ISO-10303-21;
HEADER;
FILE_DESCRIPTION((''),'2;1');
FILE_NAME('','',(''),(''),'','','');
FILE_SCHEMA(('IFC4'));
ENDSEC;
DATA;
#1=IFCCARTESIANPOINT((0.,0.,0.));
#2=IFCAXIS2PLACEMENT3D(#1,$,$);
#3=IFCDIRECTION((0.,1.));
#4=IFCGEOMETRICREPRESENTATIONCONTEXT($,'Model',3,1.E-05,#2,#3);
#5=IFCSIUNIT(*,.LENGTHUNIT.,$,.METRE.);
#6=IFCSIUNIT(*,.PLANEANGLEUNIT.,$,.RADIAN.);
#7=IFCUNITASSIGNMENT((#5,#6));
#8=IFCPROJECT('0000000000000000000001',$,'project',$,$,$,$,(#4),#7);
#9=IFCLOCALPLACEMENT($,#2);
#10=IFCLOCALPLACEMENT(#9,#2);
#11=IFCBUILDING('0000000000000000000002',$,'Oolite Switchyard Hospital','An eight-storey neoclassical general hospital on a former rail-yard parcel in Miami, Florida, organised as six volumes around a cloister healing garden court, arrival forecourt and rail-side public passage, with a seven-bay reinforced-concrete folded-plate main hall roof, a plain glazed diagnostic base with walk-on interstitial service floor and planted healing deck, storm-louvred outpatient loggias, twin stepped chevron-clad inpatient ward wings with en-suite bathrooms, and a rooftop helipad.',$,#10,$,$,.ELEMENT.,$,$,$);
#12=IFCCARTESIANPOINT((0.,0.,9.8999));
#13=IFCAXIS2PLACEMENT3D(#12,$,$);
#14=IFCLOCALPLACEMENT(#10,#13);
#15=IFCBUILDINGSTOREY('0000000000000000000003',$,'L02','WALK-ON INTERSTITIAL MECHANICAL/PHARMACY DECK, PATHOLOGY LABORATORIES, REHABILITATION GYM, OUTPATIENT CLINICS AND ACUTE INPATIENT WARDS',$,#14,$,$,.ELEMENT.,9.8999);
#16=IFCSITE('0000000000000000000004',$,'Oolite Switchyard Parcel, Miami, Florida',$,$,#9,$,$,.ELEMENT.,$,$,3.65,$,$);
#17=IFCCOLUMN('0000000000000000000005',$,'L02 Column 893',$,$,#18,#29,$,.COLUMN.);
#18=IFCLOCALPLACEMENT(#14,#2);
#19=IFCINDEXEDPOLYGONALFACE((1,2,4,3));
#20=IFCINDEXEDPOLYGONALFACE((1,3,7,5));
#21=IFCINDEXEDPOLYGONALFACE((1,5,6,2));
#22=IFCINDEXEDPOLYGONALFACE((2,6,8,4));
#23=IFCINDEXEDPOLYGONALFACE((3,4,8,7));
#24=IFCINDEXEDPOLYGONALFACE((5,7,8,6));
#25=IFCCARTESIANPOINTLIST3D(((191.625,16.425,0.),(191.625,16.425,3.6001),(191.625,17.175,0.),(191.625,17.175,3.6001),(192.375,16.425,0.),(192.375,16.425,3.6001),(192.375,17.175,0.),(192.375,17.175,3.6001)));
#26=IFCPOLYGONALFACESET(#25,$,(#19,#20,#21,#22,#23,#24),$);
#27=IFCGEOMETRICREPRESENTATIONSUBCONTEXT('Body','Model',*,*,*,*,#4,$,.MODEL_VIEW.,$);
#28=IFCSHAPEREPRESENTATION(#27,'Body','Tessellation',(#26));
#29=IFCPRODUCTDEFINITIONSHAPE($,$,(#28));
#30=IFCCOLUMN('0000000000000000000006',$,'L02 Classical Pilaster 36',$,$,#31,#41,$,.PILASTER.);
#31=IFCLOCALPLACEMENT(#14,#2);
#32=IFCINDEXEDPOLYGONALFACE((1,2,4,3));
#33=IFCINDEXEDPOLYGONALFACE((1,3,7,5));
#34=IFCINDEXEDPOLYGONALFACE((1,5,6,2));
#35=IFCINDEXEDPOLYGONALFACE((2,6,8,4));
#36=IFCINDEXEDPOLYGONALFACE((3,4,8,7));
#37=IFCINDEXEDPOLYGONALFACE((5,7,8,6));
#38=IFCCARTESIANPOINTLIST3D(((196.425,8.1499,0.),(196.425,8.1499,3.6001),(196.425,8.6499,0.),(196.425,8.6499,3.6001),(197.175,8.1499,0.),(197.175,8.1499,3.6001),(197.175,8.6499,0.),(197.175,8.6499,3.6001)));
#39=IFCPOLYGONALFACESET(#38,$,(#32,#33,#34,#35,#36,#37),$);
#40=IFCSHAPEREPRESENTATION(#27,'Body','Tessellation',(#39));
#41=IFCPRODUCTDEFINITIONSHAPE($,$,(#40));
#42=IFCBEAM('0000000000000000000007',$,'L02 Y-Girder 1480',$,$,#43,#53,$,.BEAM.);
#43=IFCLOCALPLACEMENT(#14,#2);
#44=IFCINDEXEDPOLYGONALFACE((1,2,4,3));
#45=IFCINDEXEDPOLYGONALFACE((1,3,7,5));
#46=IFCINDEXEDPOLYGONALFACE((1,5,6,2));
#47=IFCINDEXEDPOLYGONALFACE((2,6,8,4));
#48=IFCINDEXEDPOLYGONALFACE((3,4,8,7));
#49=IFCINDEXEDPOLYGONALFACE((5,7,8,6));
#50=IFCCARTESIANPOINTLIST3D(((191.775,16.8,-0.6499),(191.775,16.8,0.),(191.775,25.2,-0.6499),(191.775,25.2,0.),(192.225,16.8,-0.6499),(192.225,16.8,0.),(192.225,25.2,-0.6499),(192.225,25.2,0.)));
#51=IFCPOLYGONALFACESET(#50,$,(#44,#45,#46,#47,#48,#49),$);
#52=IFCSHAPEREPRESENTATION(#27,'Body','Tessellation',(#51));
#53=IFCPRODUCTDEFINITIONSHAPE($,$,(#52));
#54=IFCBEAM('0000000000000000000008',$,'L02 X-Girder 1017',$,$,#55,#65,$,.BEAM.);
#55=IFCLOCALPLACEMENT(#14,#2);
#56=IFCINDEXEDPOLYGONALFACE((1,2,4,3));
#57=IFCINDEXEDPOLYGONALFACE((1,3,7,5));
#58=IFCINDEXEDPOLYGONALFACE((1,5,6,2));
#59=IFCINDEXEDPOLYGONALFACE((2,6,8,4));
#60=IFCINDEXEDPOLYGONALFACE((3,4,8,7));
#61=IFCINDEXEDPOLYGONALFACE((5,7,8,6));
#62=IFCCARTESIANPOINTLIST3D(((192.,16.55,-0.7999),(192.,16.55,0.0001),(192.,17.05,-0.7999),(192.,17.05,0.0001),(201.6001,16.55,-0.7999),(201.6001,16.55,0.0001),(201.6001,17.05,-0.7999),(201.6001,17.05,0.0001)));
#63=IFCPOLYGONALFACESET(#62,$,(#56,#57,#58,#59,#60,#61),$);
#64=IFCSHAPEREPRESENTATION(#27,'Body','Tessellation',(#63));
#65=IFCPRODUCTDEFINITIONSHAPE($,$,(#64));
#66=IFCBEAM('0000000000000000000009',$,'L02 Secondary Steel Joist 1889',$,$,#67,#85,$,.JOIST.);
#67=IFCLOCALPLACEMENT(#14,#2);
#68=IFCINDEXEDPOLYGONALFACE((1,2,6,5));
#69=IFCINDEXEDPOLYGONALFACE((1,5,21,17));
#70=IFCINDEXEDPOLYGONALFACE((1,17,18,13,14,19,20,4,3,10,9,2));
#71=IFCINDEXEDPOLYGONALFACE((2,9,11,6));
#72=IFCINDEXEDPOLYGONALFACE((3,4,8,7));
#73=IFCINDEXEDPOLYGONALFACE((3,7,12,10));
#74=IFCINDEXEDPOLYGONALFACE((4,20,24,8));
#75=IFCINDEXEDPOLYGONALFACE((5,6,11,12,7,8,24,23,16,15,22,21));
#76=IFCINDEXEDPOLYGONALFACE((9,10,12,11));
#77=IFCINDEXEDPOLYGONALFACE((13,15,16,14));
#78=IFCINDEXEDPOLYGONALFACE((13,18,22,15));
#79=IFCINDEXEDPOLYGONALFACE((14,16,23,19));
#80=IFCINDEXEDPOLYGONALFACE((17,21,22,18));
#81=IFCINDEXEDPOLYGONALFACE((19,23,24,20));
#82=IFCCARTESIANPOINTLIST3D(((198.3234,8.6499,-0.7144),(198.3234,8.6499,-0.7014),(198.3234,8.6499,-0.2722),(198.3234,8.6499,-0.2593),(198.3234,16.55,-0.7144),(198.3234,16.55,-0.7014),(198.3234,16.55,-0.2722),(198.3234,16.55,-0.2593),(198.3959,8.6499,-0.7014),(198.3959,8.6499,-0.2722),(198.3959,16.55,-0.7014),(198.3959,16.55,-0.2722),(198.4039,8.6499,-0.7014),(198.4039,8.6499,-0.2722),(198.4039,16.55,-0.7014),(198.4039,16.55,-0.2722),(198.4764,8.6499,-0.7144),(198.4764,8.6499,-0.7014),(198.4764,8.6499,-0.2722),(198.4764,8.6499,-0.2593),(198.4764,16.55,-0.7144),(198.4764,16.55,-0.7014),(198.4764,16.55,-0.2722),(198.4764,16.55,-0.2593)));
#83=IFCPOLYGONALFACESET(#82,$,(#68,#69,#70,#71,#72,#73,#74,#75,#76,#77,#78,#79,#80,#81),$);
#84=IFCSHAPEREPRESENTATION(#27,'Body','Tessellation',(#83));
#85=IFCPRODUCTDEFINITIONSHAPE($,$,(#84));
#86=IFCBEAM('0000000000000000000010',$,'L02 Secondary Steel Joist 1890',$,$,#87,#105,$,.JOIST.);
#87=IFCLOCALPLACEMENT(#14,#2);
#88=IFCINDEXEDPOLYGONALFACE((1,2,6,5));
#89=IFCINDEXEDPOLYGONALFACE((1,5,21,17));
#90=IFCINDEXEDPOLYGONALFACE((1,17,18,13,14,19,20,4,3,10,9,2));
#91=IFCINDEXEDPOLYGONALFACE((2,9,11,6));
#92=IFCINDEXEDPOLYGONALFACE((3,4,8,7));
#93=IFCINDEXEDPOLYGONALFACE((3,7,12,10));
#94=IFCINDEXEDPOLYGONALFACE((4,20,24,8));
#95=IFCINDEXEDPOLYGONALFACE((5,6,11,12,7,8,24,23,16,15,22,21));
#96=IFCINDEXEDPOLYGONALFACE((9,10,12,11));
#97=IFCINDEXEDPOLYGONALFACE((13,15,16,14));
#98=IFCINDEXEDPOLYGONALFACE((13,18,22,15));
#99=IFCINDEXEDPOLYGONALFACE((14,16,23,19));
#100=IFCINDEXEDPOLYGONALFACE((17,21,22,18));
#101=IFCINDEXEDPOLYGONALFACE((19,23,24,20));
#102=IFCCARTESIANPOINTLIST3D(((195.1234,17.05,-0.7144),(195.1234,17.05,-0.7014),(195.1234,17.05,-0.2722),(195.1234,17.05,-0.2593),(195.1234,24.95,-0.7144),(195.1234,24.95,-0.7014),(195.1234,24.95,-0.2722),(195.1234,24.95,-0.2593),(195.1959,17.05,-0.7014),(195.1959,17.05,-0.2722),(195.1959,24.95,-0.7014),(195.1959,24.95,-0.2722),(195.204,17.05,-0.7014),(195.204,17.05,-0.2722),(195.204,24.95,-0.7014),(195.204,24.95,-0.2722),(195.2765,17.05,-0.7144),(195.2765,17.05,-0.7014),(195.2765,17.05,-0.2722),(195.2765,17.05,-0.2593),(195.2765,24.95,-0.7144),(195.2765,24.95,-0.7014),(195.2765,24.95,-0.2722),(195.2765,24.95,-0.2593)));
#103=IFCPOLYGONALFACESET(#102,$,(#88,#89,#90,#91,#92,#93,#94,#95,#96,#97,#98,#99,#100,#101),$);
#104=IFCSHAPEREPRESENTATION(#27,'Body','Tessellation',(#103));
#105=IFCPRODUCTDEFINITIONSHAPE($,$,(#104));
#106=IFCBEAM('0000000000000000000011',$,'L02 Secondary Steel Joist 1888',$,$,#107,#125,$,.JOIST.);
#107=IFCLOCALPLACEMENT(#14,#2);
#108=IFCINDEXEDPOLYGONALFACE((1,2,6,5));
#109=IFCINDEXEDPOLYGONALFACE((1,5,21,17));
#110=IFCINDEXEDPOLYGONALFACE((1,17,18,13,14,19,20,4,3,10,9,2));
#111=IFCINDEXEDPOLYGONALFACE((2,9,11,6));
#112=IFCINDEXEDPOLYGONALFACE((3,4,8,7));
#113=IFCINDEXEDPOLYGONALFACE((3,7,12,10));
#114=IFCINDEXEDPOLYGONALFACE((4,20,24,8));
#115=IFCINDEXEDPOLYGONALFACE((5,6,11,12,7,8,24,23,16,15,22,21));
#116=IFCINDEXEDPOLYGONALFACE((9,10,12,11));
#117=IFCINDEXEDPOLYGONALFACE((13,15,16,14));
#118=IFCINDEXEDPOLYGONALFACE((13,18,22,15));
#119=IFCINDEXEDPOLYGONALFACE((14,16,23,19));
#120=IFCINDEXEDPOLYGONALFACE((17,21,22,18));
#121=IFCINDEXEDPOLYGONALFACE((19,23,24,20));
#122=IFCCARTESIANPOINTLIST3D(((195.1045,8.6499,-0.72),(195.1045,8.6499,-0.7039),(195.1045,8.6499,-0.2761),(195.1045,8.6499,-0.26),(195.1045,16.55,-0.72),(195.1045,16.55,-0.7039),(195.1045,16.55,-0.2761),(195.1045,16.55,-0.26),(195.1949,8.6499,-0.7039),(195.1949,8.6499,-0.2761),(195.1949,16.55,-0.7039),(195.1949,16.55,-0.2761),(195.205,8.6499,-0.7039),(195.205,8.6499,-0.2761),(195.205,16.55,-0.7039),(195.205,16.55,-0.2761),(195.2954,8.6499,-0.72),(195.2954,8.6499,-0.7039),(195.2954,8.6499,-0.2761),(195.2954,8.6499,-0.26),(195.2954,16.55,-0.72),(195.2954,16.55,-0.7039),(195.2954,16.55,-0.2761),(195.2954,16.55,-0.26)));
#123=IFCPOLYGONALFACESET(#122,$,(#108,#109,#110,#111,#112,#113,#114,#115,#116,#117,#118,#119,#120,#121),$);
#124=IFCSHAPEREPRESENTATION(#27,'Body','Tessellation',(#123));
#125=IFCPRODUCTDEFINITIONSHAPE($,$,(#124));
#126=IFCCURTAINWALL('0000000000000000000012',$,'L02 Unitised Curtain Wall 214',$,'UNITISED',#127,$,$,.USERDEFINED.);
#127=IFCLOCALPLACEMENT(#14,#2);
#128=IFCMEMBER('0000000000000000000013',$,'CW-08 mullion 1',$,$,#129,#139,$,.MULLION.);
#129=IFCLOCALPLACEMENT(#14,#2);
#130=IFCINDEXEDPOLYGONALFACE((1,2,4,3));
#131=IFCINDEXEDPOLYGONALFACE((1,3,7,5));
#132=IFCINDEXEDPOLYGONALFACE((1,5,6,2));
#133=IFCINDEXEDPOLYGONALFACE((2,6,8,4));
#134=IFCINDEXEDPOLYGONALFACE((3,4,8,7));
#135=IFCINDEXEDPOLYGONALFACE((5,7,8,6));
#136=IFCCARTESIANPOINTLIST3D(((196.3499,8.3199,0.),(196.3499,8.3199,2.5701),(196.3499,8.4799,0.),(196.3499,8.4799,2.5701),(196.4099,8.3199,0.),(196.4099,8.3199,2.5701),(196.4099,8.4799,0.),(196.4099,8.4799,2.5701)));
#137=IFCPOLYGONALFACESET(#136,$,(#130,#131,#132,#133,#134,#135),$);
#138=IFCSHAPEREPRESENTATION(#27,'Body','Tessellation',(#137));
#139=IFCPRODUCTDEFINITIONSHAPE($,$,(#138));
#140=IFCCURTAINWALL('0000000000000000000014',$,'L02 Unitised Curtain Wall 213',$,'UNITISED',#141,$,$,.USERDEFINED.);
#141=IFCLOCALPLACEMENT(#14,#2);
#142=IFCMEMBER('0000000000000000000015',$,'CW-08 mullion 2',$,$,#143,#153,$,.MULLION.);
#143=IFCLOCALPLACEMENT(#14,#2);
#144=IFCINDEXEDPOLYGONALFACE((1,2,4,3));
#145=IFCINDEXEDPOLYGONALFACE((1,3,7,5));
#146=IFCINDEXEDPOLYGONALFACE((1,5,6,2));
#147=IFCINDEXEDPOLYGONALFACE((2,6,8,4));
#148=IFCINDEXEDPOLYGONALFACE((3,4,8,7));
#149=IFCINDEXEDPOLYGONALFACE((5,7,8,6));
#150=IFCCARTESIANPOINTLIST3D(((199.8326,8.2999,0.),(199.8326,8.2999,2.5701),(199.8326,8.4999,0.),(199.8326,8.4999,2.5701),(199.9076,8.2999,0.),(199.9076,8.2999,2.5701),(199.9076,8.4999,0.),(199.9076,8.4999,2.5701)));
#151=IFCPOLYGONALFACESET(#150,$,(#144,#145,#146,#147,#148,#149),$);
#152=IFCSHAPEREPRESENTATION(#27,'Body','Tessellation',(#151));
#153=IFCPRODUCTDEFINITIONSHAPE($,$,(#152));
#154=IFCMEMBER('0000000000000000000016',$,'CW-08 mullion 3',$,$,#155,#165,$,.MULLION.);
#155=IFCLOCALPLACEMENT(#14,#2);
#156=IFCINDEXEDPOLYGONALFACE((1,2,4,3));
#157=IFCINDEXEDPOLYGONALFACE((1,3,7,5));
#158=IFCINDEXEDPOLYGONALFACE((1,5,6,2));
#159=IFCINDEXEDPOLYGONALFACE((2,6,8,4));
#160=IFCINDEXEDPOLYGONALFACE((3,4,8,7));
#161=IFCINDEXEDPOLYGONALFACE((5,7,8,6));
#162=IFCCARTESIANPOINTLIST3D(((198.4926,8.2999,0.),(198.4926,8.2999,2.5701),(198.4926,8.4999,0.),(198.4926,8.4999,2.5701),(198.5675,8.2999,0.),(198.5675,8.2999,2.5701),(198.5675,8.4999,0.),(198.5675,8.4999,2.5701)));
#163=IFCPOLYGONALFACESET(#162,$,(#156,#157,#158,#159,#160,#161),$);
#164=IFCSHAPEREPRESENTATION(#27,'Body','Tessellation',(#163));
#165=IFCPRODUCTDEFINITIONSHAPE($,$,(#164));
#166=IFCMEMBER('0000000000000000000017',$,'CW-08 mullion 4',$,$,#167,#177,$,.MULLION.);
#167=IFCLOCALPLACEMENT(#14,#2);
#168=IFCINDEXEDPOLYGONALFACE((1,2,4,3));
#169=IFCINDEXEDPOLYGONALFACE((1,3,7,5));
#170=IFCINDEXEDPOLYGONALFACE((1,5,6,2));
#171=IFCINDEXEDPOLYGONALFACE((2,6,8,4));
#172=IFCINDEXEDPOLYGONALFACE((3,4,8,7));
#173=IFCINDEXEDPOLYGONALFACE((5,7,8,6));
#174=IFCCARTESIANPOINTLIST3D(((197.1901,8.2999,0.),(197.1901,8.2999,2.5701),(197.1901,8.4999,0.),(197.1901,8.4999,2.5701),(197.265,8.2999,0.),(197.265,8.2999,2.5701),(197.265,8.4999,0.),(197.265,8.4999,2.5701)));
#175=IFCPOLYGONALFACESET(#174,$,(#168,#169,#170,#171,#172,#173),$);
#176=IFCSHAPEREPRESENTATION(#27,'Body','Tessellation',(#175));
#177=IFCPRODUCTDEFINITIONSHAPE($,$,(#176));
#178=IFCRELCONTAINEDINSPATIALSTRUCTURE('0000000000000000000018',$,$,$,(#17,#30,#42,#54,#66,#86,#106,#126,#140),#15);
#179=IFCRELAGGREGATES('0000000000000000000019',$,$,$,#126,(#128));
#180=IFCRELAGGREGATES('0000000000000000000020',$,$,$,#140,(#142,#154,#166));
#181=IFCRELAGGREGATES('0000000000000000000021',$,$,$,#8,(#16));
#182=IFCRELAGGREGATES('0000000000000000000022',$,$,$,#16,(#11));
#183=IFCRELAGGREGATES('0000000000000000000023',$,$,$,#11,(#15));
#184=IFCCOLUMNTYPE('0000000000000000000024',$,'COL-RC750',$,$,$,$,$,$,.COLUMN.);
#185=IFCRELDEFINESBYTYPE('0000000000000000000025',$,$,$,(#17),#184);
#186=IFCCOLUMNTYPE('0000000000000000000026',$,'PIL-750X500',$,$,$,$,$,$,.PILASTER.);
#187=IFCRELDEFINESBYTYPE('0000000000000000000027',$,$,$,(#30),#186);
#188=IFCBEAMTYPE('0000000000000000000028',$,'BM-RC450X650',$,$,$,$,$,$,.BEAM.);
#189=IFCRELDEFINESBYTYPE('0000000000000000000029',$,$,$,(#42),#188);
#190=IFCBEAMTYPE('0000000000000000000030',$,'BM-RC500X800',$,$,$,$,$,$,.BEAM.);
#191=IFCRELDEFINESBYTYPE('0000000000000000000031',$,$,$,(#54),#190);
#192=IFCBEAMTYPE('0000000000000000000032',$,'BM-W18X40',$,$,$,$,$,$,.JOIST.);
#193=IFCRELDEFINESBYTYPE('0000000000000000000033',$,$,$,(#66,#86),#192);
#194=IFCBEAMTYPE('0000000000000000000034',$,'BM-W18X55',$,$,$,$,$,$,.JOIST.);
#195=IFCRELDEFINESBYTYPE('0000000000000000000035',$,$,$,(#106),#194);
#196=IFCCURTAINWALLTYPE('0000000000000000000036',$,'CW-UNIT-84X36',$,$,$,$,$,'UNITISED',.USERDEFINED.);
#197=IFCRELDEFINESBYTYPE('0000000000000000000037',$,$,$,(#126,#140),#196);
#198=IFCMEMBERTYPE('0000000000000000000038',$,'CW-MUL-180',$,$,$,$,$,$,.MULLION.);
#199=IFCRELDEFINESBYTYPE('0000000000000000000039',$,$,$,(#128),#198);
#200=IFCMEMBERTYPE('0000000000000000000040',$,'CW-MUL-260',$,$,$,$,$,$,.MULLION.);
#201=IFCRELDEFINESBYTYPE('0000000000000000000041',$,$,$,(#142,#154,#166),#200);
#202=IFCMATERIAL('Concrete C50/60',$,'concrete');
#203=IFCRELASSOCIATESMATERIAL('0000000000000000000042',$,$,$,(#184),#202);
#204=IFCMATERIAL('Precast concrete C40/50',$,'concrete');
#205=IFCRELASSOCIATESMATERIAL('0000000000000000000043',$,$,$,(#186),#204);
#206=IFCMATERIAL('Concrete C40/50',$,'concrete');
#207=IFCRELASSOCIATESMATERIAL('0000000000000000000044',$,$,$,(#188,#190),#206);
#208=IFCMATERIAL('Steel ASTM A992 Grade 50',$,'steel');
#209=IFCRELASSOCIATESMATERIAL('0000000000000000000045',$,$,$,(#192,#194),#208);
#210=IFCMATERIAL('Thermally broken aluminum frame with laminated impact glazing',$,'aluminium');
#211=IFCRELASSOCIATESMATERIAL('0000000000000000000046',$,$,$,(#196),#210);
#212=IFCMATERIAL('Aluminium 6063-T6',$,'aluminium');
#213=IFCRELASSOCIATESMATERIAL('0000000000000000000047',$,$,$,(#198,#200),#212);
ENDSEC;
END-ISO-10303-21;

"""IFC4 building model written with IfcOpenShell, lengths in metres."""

from ifc_helpers import new_model, si_unit, direction, frame, origin, origin_2d, place, context, subcontext, project, spatial, rectangle, i_section, extrude, material, material_profile, profile_set, type_object, element, aggregate, save


model = new_model("IFC4")

# Units and contexts
model_context = context("Model", 3, precision=1e-05, world=origin(), true_north=direction((0.0, 1.0)))
body_context = subcontext(model_context, "Body", "Model", "MODEL_VIEW")
ifc_project = project(units=[si_unit("LENGTHUNIT", "METRE"), si_unit("PLANEANGLEUNIT", "RADIAN")], contexts=[model_context])

# Site, building, storey
site_placement = place(None, origin())
site = spatial("IfcSite", under=ifc_project, at=site_placement, Name="Oolite Switchyard Parcel, Miami, Florida", CompositionType="ELEMENT", RefElevation=3.65)
building_placement = place(site_placement, origin())
building = spatial("IfcBuilding", under=site, at=building_placement, Name="Oolite Switchyard Hospital", Description="An eight-storey neoclassical general hospital on a former rail-yard parcel in Miami, Florida, organised as six volumes around a cloister healing garden court, arrival forecourt and rail-side public passage, with a seven-bay reinforced-concrete folded-plate main hall roof, a plain glazed diagnostic base with walk-on interstitial service floor and planted healing deck, storm-louvred outpatient loggias, twin stepped chevron-clad inpatient ward wings with en-suite bathrooms, and a rooftop helipad.", CompositionType="ELEMENT")
storey_placement = place(building_placement, frame((0.0, 0.0, 9.8999)))
storey = spatial("IfcBuildingStorey", under=building, at=storey_placement, Name="L02", Description="WALK-ON INTERSTITIAL MECHANICAL/PHARMACY DECK, PATHOLOGY LABORATORIES, REHABILITATION GYM, OUTPATIENT CLINICS AND ACUTE INPATIENT WARDS", CompositionType="ELEMENT", Elevation=9.8999)

# Columns
ifc_material_1 = material(Name="Concrete C50/60", Category="concrete")
ifc_material_profile_1 = material_profile(ifc_material_1, rectangle(XDim=0.75, YDim=0.75, at=origin_2d()), Name="RC750X750")
ifc_profile_set_1 = profile_set([ifc_material_profile_1], Name="Concrete C50/60")
column_type_1 = type_object("IfcColumnType", Name="COL-RC750", PredefinedType="COLUMN", material=ifc_profile_set_1)
column_1_placement = place(storey_placement, frame((192.0, 16.8, 0.0), z_axis=(0.0, 0.0, 1.0), x_axis=(1.0, 0.0, 0.0)))
element("IfcColumn", 1, at=column_1_placement, inside=storey, type_object=column_type_1, Name="L02 Column 893", PredefinedType="COLUMN", context=body_context, shape_type="SweptSolid", body=[
    extrude(rectangle(XDim=0.75, YDim=0.75, at=origin_2d()), origin(), (0.0, 0.0, 1.0), 3.6001),
])
ifc_material_2 = material(Name="Precast concrete C40/50", Category="concrete")
ifc_material_profile_2 = material_profile(ifc_material_2, rectangle(XDim=0.75, YDim=0.5, at=origin_2d()), Name="PIL750X500")
ifc_profile_set_2 = profile_set([ifc_material_profile_2], Name="Precast concrete C40/50")
column_type_2 = type_object("IfcColumnType", Name="PIL-750X500", PredefinedType="PILASTER", material=ifc_profile_set_2)
column_2_placement = place(storey_placement, frame((196.8, 8.3999, 0.0), z_axis=(0.0, 0.0, 1.0), x_axis=(1.0, 0.0, 0.0)))
element("IfcColumn", 2, at=column_2_placement, inside=storey, type_object=column_type_2, Name="L02 Classical Pilaster 36", PredefinedType="PILASTER", context=body_context, shape_type="SweptSolid", body=[
    extrude(rectangle(XDim=0.75, YDim=0.5, at=origin_2d()), origin(), (0.0, 0.0, 1.0), 3.6001),
])

# Beams
ifc_material_3 = material(Name="Concrete C40/50", Category="concrete")
ifc_material_profile_3 = material_profile(ifc_material_3, rectangle(XDim=0.45, YDim=0.6499, at=origin_2d()), Name="RCB450X650")
ifc_profile_set_3 = profile_set([ifc_material_profile_3], Name="Concrete C40/50")
beam_type_1 = type_object("IfcBeamType", Name="BM-RC450X650", PredefinedType="BEAM", material=ifc_profile_set_3)
beam_1_placement = place(storey_placement, frame((192.0, 16.8, -0.325), z_axis=(0.0, 1.0, 0.0), x_axis=(-1.0, 0.0, 0.0)))
element("IfcBeam", 3, at=beam_1_placement, inside=storey, type_object=beam_type_1, Name="L02 Y-Girder 1480", PredefinedType="BEAM", context=body_context, shape_type="SweptSolid", body=[
    extrude(rectangle(XDim=0.45, YDim=0.6499, at=origin_2d()), origin(), (0.0, 0.0, 1.0), 8.3999),
])
ifc_material_profile_4 = material_profile(ifc_material_3, rectangle(XDim=0.5, YDim=0.8, at=origin_2d()), Name="RCB500X800")
ifc_profile_set_4 = profile_set([ifc_material_profile_4], Name="Concrete C40/50")
beam_type_2 = type_object("IfcBeamType", Name="BM-RC500X800", PredefinedType="BEAM", material=ifc_profile_set_4)
beam_2_placement = place(storey_placement, frame((192.0, 16.8, -0.3999), z_axis=(1.0, 0.0, 0.0), x_axis=(0.0, 1.0, 0.0)))
element("IfcBeam", 4, at=beam_2_placement, inside=storey, type_object=beam_type_2, Name="L02 X-Girder 1017", PredefinedType="BEAM", context=body_context, shape_type="SweptSolid", body=[
    extrude(rectangle(XDim=0.5, YDim=0.8, at=origin_2d()), origin(), (0.0, 0.0, 1.0), 9.6001),
])
ifc_material_4 = material(Name="Steel ASTM A992 Grade 50", Category="steel")
ifc_material_profile_5 = material_profile(ifc_material_4, i_section(OverallWidth=0.1531, OverallDepth=0.4551, WebThickness=0.0081, FlangeThickness=0.0129, at=origin_2d()), Name="W18X40")
ifc_profile_set_5 = profile_set([ifc_material_profile_5], Name="Steel ASTM A992 Grade 50")
beam_type_3 = type_object("IfcBeamType", Name="BM-W18X40", PredefinedType="JOIST", material=ifc_profile_set_5)
beam_3_placement = place(storey_placement, frame((198.3999, 8.6499, -0.4868), z_axis=(0.0, 1.0, 0.0), x_axis=(-1.0, 0.0, 0.0)))
element("IfcBeam", 5, at=beam_3_placement, inside=storey, type_object=beam_type_3, Name="L02 Secondary Steel Joist 1889", PredefinedType="JOIST", context=body_context, shape_type="SweptSolid", body=[
    extrude(i_section(OverallWidth=0.1531, OverallDepth=0.4551, WebThickness=0.0081, FlangeThickness=0.0129, at=origin_2d()), origin(), (0.0, 0.0, 1.0), 7.9001),
])
beam_4_placement = place(storey_placement, frame((195.2, 17.05, -0.4868), z_axis=(0.0, 1.0, 0.0), x_axis=(-1.0, 0.0, 0.0)))
element("IfcBeam", 6, at=beam_4_placement, inside=storey, type_object=beam_type_3, Name="L02 Secondary Steel Joist 1890", PredefinedType="JOIST", context=body_context, shape_type="SweptSolid", body=[
    extrude(i_section(OverallWidth=0.1531, OverallDepth=0.4551, WebThickness=0.0081, FlangeThickness=0.0129, at=origin_2d()), origin(), (0.0, 0.0, 1.0), 7.8999),
])
ifc_material_profile_6 = material_profile(ifc_material_4, i_section(OverallWidth=0.1909, OverallDepth=0.46, WebThickness=0.01, FlangeThickness=0.0161, at=origin_2d()), Name="W18X55")
ifc_profile_set_6 = profile_set([ifc_material_profile_6], Name="Steel ASTM A992 Grade 50")
beam_type_4 = type_object("IfcBeamType", Name="BM-W18X55", PredefinedType="JOIST", material=ifc_profile_set_6)
beam_5_placement = place(storey_placement, frame((195.2, 8.6499, -0.49), z_axis=(0.0, 1.0, 0.0), x_axis=(-1.0, 0.0, 0.0)))
element("IfcBeam", 7, at=beam_5_placement, inside=storey, type_object=beam_type_4, Name="L02 Secondary Steel Joist 1888", PredefinedType="JOIST", context=body_context, shape_type="SweptSolid", body=[
    extrude(i_section(OverallWidth=0.1909, OverallDepth=0.46, WebThickness=0.01, FlangeThickness=0.0161, at=origin_2d()), origin(), (0.0, 0.0, 1.0), 7.9001),
])

# Curtain wall, member
ifc_material_5 = material(Name="Thermally broken aluminum frame with laminated impact glazing", Category="aluminium")
curtain_wall_type = type_object("IfcCurtainWallType", Name="CW-UNIT-84X36", ElementType="UNITISED", PredefinedType="USERDEFINED", material=ifc_material_5)
curtain_wall_1_placement = place(storey_placement, origin())
curtain_wall_1 = element("IfcCurtainWall", 8, at=curtain_wall_1_placement, inside=storey, type_object=curtain_wall_type, Name="L02 Unitised Curtain Wall 214", ObjectType="UNITISED", PredefinedType="USERDEFINED")
ifc_material_6 = material(Name="Aluminium 6063-T6", Category="aluminium")
ifc_material_profile_7 = material_profile(ifc_material_6, rectangle(XDim=0.1599, YDim=0.0601, at=origin_2d()), Name="CWM60X160")
ifc_profile_set_7 = profile_set([ifc_material_profile_7], Name="Aluminium 6063-T6")
member_type_1 = type_object("IfcMemberType", Name="CW-MUL-180", PredefinedType="MULLION", material=ifc_profile_set_7)
member_1_placement = place(storey_placement, frame((196.3799, 8.3999, 0.0), z_axis=(0.0, 0.0, 1.0), x_axis=(0.0, -1.0, 0.0)))
member_1 = element("IfcMember", 9, at=member_1_placement, type_object=member_type_1, Name="CW-08 mullion 1", PredefinedType="MULLION", context=body_context, shape_type="SweptSolid", body=[
    extrude(rectangle(XDim=0.1599, YDim=0.0601, at=origin_2d()), origin(), (0.0, 0.0, 1.0), 2.5701),
])
aggregate(curtain_wall_1, [member_1])

# Curtain wall, members
curtain_wall_2_placement = place(storey_placement, origin())
curtain_wall_2 = element("IfcCurtainWall", 10, at=curtain_wall_2_placement, inside=storey, type_object=curtain_wall_type, Name="L02 Unitised Curtain Wall 213", ObjectType="UNITISED", PredefinedType="USERDEFINED")
ifc_material_profile_8 = material_profile(ifc_material_6, rectangle(XDim=0.2, YDim=0.075, at=origin_2d()), Name="CWM75X200")
ifc_profile_set_8 = profile_set([ifc_material_profile_8], Name="Aluminium 6063-T6")
member_type_2 = type_object("IfcMemberType", Name="CW-MUL-260", PredefinedType="MULLION", material=ifc_profile_set_8)
member_2_placement = place(storey_placement, frame((199.8701, 8.3999, 0.0), z_axis=(0.0, 0.0, 1.0), x_axis=(0.0, -1.0, 0.0)))
member_2 = element("IfcMember", 11, at=member_2_placement, type_object=member_type_2, Name="CW-08 mullion 2", PredefinedType="MULLION", context=body_context, shape_type="SweptSolid", body=[
    extrude(rectangle(XDim=0.2, YDim=0.075, at=origin_2d()), origin(), (0.0, 0.0, 1.0), 2.5701),
])
member_3_placement = place(storey_placement, frame((198.53, 8.3999, 0.0), z_axis=(0.0, 0.0, 1.0), x_axis=(0.0, -1.0, 0.0)))
member_3 = element("IfcMember", 12, at=member_3_placement, type_object=member_type_2, Name="CW-08 mullion 3", PredefinedType="MULLION", context=body_context, shape_type="SweptSolid", body=[
    extrude(rectangle(XDim=0.2, YDim=0.075, at=origin_2d()), origin(), (0.0, 0.0, 1.0), 2.5701),
])
member_4_placement = place(storey_placement, frame((197.2275, 8.3999, 0.0), z_axis=(0.0, 0.0, 1.0), x_axis=(0.0, -1.0, 0.0)))
member_4 = element("IfcMember", 13, at=member_4_placement, type_object=member_type_2, Name="CW-08 mullion 4", PredefinedType="MULLION", context=body_context, shape_type="SweptSolid", body=[
    extrude(rectangle(XDim=0.2, YDim=0.075, at=origin_2d()), origin(), (0.0, 0.0, 1.0), 2.5701),
])
aggregate(curtain_wall_2, [member_2, member_3, member_4])

save(model, "model.ifc")
